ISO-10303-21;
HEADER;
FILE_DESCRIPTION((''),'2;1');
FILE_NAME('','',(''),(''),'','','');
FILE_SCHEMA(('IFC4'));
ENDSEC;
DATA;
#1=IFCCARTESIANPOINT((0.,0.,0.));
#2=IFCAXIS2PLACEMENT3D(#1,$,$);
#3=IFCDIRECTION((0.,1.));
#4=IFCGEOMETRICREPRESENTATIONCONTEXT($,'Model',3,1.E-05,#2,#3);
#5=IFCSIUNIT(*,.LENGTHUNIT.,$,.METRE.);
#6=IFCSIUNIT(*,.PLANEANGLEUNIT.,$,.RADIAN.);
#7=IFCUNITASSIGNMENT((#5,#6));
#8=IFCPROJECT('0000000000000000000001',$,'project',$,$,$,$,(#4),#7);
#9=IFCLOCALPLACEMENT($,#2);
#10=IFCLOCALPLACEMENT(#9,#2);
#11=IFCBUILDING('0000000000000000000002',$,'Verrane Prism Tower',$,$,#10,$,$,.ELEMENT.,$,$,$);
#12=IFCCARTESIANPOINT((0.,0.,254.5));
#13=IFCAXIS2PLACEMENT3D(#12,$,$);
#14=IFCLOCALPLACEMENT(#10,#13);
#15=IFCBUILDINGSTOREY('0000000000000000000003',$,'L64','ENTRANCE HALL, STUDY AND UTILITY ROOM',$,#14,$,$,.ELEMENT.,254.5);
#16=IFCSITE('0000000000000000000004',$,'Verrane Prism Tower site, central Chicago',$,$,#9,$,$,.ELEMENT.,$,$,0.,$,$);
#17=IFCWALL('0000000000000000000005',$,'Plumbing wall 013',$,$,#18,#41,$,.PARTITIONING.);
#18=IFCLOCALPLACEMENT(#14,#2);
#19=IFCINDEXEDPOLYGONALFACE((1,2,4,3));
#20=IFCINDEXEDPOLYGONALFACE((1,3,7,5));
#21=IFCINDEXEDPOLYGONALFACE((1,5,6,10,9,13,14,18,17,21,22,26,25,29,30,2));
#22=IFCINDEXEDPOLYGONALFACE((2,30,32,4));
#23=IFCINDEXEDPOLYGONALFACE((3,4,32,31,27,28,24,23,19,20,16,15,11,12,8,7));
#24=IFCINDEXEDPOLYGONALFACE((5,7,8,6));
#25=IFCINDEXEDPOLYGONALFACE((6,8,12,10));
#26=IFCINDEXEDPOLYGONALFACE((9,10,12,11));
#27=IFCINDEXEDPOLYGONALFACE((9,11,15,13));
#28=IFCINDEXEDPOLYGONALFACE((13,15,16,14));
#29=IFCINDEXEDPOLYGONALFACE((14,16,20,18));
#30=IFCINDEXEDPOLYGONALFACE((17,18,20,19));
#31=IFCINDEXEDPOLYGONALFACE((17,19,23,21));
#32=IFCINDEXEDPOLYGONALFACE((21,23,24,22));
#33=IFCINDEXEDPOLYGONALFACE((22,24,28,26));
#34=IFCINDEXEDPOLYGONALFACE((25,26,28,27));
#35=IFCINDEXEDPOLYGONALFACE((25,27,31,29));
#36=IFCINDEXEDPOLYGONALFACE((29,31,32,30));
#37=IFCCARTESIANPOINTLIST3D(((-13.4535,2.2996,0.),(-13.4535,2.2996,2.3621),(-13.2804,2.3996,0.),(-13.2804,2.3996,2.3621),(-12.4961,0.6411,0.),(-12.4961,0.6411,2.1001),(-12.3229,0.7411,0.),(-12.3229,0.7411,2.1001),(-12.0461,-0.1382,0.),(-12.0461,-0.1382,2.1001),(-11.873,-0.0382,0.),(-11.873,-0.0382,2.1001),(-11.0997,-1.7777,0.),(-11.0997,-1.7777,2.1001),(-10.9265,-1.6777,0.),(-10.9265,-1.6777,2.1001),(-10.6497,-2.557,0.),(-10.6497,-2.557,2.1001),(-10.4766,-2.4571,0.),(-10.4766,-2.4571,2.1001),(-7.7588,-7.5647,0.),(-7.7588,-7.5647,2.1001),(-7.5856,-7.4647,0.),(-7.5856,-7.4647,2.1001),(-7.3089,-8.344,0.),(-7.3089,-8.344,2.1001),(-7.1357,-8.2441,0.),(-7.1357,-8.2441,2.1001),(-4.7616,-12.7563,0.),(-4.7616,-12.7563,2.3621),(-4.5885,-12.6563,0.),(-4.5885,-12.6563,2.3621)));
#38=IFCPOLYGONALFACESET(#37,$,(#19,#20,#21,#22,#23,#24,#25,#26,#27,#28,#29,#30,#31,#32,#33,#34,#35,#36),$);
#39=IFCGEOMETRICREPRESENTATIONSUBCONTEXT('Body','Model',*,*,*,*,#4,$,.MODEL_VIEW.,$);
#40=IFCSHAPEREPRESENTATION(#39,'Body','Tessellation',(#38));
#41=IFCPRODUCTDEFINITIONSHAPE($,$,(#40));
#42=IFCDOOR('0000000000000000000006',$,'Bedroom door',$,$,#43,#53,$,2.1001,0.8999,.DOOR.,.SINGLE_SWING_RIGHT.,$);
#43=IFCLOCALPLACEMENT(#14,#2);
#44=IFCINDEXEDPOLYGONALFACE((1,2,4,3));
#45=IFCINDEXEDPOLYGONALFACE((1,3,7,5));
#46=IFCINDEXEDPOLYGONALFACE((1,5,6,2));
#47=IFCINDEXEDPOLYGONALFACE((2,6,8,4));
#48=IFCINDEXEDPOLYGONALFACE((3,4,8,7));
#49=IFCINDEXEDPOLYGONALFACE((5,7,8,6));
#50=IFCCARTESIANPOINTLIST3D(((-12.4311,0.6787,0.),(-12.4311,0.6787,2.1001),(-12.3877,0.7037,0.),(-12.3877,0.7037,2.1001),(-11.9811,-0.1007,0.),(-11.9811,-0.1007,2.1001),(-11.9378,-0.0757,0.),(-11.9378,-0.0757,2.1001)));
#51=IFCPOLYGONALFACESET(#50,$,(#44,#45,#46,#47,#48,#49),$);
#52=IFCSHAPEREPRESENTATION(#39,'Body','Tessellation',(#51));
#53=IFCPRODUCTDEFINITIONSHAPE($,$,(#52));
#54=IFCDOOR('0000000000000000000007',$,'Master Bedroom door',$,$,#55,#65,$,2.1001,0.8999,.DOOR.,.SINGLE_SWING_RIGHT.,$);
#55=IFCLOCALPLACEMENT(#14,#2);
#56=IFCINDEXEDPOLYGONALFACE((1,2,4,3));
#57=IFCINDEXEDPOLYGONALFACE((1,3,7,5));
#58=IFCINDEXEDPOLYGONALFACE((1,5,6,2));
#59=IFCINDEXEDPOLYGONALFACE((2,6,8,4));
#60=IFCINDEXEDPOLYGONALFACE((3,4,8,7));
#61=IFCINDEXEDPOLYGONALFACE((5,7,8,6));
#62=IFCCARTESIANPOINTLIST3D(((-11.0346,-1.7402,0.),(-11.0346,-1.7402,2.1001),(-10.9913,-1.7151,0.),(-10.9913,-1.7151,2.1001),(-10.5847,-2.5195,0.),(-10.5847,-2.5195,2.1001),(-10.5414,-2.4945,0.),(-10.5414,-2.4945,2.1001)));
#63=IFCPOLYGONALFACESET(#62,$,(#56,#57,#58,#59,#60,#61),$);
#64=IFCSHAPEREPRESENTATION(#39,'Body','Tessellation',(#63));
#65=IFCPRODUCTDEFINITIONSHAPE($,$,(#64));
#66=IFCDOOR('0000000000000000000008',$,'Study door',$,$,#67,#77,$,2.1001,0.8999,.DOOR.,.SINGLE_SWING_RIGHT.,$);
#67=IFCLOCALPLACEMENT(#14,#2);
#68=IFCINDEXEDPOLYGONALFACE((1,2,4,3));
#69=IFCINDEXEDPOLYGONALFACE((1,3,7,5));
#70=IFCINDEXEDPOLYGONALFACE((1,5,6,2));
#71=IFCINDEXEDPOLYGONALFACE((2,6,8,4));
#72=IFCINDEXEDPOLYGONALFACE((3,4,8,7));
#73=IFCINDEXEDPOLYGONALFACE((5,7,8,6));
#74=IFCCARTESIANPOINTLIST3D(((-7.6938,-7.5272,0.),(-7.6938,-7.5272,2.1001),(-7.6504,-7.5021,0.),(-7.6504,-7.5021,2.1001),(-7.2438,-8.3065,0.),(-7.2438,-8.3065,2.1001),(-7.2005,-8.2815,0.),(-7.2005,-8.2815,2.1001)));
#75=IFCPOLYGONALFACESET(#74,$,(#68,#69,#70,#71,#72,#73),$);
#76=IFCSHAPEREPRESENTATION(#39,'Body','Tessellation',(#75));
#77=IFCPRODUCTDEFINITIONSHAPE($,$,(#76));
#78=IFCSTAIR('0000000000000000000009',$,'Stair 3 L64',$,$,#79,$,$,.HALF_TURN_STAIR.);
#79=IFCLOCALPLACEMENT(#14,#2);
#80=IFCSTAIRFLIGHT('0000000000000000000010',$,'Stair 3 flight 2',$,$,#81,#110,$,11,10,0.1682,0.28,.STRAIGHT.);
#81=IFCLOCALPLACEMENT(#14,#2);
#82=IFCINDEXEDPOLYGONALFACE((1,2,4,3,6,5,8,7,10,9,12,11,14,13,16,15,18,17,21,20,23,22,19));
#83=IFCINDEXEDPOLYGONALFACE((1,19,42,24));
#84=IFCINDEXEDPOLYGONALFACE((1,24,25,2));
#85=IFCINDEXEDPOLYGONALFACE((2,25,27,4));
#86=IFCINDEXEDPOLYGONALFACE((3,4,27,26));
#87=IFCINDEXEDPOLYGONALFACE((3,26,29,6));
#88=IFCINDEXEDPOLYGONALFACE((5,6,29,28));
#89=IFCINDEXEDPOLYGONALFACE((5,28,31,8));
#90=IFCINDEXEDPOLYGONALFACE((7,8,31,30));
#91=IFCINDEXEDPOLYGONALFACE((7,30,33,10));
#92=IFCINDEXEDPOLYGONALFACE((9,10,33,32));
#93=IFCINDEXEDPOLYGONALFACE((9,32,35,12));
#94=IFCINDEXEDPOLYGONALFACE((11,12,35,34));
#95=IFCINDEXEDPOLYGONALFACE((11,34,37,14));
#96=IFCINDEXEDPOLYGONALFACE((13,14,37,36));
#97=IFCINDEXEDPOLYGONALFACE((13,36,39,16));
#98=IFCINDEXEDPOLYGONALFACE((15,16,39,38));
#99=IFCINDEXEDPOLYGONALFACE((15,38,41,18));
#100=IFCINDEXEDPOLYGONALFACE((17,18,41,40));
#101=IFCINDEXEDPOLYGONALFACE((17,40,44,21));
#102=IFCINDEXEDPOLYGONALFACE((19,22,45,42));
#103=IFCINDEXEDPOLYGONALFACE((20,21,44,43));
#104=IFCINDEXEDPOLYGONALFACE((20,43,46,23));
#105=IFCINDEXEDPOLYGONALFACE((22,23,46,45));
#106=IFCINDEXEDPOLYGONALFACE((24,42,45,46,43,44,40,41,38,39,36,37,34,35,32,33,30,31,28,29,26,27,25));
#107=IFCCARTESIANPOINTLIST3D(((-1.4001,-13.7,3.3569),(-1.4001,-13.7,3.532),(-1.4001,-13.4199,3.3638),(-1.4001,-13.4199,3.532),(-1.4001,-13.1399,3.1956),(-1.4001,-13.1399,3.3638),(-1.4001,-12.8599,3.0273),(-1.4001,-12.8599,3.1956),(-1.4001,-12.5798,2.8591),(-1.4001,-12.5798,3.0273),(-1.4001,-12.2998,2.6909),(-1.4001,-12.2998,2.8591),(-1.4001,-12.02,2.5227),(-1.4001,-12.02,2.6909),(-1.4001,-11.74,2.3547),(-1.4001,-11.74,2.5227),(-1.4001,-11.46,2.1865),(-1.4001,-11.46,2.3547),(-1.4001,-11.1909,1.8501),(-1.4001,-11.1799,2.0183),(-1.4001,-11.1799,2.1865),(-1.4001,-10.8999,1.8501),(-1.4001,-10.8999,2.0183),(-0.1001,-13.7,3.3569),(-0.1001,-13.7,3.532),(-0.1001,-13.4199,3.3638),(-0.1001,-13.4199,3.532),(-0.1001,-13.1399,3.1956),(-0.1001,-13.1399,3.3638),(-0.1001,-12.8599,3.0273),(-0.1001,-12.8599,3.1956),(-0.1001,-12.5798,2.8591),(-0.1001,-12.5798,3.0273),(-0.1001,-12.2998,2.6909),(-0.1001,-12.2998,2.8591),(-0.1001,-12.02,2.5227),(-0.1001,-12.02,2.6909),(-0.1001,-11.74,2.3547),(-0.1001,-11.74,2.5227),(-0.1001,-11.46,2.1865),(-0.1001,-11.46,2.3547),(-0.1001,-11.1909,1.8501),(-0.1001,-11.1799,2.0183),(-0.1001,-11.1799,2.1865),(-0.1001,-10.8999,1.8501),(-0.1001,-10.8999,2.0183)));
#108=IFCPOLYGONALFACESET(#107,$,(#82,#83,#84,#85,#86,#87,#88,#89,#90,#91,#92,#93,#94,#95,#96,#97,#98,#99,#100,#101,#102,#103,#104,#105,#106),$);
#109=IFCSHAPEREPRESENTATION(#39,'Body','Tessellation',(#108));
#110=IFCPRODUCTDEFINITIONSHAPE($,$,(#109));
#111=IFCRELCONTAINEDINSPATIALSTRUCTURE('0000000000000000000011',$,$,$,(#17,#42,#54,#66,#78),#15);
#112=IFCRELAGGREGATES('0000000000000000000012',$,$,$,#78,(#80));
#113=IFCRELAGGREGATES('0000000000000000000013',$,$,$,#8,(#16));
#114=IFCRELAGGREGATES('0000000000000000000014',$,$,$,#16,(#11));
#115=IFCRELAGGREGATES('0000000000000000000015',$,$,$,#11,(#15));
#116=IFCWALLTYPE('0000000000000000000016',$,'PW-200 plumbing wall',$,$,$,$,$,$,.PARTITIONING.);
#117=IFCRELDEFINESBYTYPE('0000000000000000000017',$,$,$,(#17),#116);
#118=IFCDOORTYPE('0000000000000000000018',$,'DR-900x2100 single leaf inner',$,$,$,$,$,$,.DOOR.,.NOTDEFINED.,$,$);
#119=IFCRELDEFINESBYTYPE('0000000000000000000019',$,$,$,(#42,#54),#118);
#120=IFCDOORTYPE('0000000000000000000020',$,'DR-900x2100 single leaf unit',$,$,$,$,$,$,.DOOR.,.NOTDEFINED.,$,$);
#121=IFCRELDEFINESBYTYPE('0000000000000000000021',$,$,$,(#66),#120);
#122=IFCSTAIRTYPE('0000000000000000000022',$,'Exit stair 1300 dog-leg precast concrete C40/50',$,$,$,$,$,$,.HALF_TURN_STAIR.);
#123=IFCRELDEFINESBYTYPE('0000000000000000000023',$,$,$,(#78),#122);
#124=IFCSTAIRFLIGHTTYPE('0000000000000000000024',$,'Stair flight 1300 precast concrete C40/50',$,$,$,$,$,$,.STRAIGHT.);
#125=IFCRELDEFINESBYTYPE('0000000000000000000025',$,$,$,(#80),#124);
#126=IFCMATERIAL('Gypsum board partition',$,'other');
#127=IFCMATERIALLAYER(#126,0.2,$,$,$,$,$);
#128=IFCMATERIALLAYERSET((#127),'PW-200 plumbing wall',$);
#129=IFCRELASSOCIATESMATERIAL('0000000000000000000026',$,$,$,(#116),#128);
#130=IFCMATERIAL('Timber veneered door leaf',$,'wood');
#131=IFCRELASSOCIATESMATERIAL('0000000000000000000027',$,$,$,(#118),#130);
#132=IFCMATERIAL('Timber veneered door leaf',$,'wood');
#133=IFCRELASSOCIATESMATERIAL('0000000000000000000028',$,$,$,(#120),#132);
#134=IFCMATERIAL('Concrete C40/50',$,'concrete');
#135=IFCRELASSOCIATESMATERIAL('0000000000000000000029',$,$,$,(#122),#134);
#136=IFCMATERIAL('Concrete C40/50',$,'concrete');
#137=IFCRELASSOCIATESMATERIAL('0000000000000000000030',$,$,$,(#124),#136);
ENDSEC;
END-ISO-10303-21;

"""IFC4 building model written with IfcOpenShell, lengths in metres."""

from ifc_helpers import new_model, si_unit, direction, frame, frame_2d, origin, place, context, subcontext, project, spatial, polyline, rectangle, outline, extrude, material, layer, layer_set, type_object, element, fill, aggregate, save


model = new_model("IFC4")

# Units and contexts
model_context = context("Model", 3, precision=1e-05, world=origin(), true_north=direction((0.0, 1.0)))
body_context = subcontext(model_context, "Body", "Model", "MODEL_VIEW")
ifc_project = project(units=[si_unit("LENGTHUNIT", "METRE"), si_unit("PLANEANGLEUNIT", "RADIAN")], contexts=[model_context])

# Site, building, storey
site_placement = place(None, origin())
site = spatial("IfcSite", under=ifc_project, at=site_placement, Name="Verrane Prism Tower site, central Chicago", CompositionType="ELEMENT", RefElevation=0.0)
building_placement = place(site_placement, origin())
building = spatial("IfcBuilding", under=site, at=building_placement, Name="Verrane Prism Tower", CompositionType="ELEMENT")
storey_placement = place(building_placement, frame((0.0, 0.0, 254.5)))
storey = spatial("IfcBuildingStorey", under=building, at=storey_placement, Name="L64", Description="ENTRANCE HALL, STUDY AND UTILITY ROOM", CompositionType="ELEMENT", Elevation=254.5)

# Shared definitions
ifc_material_1 = material(Name="Gypsum board partition", Category="other")
ifc_layer_1 = layer(ifc_material_1, 0.2)
ifc_layer_set_1 = layer_set([ifc_layer_1], Name="PW-200 plumbing wall")
wall_type_1 = type_object("IfcWallType", Name="PW-200 plumbing wall", PredefinedType="PARTITIONING", material=ifc_layer_set_1)

# Wall, openings, doors
wall_1_placement = place(storey_placement, frame((-4.675, -12.7063, 0.0), z_axis=(0.0, 0.0, 1.0), x_axis=(-0.499972, 0.866041, 0.0)))
wall_1 = element("IfcWall", 1, at=wall_1_placement, inside=storey, type_object=wall_type_1, Name="Plumbing wall 013", PredefinedType="PARTITIONING", context=body_context, shape_type="SweptSolid", body=[
    extrude(rectangle(XDim=17.3848, YDim=0.2, at=frame_2d((8.6924, 0.0))), origin(), (0.0, 0.0, 1.0), 2.3621),
])
opening_1_placement = place(wall_1_placement, frame((14.5698, 0.0, 0.0)))
opening_1 = element("IfcOpeningElement", 2, at=opening_1_placement, cuts=wall_1, PredefinedType="OPENING", context=body_context, shape_type="SweptSolid", body=[
    extrude(rectangle(XDim=0.8999, YDim=2.1001, at=frame_2d((0.45, 1.05))), frame((0.0, 0.1099, 0.0), z_axis=(0.0, -1.0, 0.0), x_axis=(1.0, 0.0, 0.0)), (0.0, 0.0, 1.0), 0.22),
])
opening_2_placement = place(wall_1_placement, frame((11.7769, 0.0, 0.0)))
opening_2 = element("IfcOpeningElement", 3, at=opening_2_placement, cuts=wall_1, PredefinedType="OPENING", context=body_context, shape_type="SweptSolid", body=[
    extrude(rectangle(XDim=0.8999, YDim=2.1001, at=frame_2d((0.45, 1.05))), frame((0.0, 0.1099, 0.0), z_axis=(0.0, -1.0, 0.0), x_axis=(1.0, 0.0, 0.0)), (0.0, 0.0, 1.0), 0.22),
])
opening_3_placement = place(wall_1_placement, frame((5.0947, 0.0, 0.0)))
opening_3 = element("IfcOpeningElement", 4, at=opening_3_placement, cuts=wall_1, PredefinedType="OPENING", context=body_context, shape_type="SweptSolid", body=[
    extrude(rectangle(XDim=0.8999, YDim=2.1001, at=frame_2d((0.45, 1.05))), frame((0.0, 0.1099, 0.0), z_axis=(0.0, -1.0, 0.0), x_axis=(1.0, 0.0, 0.0)), (0.0, 0.0, 1.0), 0.22),
])
ifc_material_2 = material(Name="Timber veneered door leaf", Category="wood")
door_type_1 = type_object("IfcDoorType", Name="DR-900x2100 single leaf inner", OperationType="NOTDEFINED", PredefinedType="DOOR", material=ifc_material_2)
door_1_placement = place(opening_1_placement, origin())
door_1 = element("IfcDoor", 5, at=door_1_placement, inside=storey, type_object=door_type_1, Name="Bedroom door", OperationType="SINGLE_SWING_RIGHT", OverallHeight=2.1001, OverallWidth=0.8999, PredefinedType="DOOR", context=body_context, shape_type="SweptSolid", body=[
    extrude(rectangle(XDim=0.8999, YDim=2.1001, at=frame_2d((0.45, 1.05))), frame((0.0, 0.0249, 0.0), z_axis=(0.0, -1.0, 0.0), x_axis=(1.0, 0.0, 0.0)), (0.0, 0.0, 1.0), 0.05),
])
fill(opening_1, door_1)
door_2_placement = place(opening_2_placement, origin())
door_2 = element("IfcDoor", 6, at=door_2_placement, inside=storey, type_object=door_type_1, Name="Master Bedroom door", OperationType="SINGLE_SWING_RIGHT", OverallHeight=2.1001, OverallWidth=0.8999, PredefinedType="DOOR", context=body_context, shape_type="SweptSolid", body=[
    extrude(rectangle(XDim=0.8999, YDim=2.1001, at=frame_2d((0.45, 1.05))), frame((0.0, 0.0249, 0.0), z_axis=(0.0, -1.0, 0.0), x_axis=(1.0, 0.0, 0.0)), (0.0, 0.0, 1.0), 0.05),
])
fill(opening_2, door_2)
ifc_material_3 = material(Name="Timber veneered door leaf", Category="wood")
door_type_2 = type_object("IfcDoorType", Name="DR-900x2100 single leaf unit", OperationType="NOTDEFINED", PredefinedType="DOOR", material=ifc_material_3)
door_3_placement = place(opening_3_placement, origin())
door_3 = element("IfcDoor", 7, at=door_3_placement, inside=storey, type_object=door_type_2, Name="Study door", OperationType="SINGLE_SWING_RIGHT", OverallHeight=2.1001, OverallWidth=0.8999, PredefinedType="DOOR", context=body_context, shape_type="SweptSolid", body=[
    extrude(rectangle(XDim=0.8999, YDim=2.1001, at=frame_2d((0.45, 1.05))), frame((0.0, 0.0249, 0.0), z_axis=(0.0, -1.0, 0.0), x_axis=(1.0, 0.0, 0.0)), (0.0, 0.0, 1.0), 0.05),
])
fill(opening_3, door_3)

# Stair, stair flight
ifc_material_4 = material(Name="Concrete C40/50", Category="concrete")
stair_type = type_object("IfcStairType", Name="Exit stair 1300 dog-leg precast concrete C40/50", PredefinedType="HALF_TURN_STAIR", material=ifc_material_4)
stair_placement = place(storey_placement, origin())
stair = element("IfcStair", 8, at=stair_placement, inside=storey, type_object=stair_type, Name="Stair 3 L64", PredefinedType="HALF_TURN_STAIR")
ifc_material_5 = material(Name="Concrete C40/50", Category="concrete")
stair_flight_type = type_object("IfcStairFlightType", Name="Stair flight 1300 precast concrete C40/50", PredefinedType="STRAIGHT", material=ifc_material_5)
stair_flight_placement = place(storey_placement, frame((-0.75, -10.8999, 1.8501), z_axis=(0.0, 0.0, 1.0), x_axis=(0.0, -1.0, 0.0)))
stair_flight = element("IfcStairFlight", 9, at=stair_flight_placement, type_object=stair_flight_type, Name="Stair 3 flight 2", NumberOfRisers=11, NumberOfTreads=10, PredefinedType="STRAIGHT", RiserHeight=0.1682, TreadLength=0.28, context=body_context, shape_type="SweptSolid", body=[
    extrude(outline(polyline([(0.0, 0.0), (0.0, 0.1682), (0.28, 0.1682), (0.28, 0.3364), (0.5601, 0.3364), (0.5601, 0.5046), (0.8401, 0.5046), (0.8401, 0.6726), (1.1201, 0.6726), (1.1201, 0.8408), (1.3999, 0.8408), (1.3999, 1.009), (1.6799, 1.009), (1.6799, 1.1772), (1.96, 1.1772), (1.96, 1.3455), (2.24, 1.3455), (2.24, 1.5137), (2.52, 1.5137), (2.52, 1.6819), (2.8, 1.6819), (2.8, 1.8501), (2.8, 1.5068), (0.291, 0.0), (0.0, 0.0)])), frame((0.0, 0.6499, 0.0), z_axis=(0.0, -1.0, 0.0), x_axis=(1.0, 0.0, 0.0)), (0.0, 0.0, 1.0), 1.3),
])
aggregate(stair, [stair_flight])

save(model, "model.ifc")
